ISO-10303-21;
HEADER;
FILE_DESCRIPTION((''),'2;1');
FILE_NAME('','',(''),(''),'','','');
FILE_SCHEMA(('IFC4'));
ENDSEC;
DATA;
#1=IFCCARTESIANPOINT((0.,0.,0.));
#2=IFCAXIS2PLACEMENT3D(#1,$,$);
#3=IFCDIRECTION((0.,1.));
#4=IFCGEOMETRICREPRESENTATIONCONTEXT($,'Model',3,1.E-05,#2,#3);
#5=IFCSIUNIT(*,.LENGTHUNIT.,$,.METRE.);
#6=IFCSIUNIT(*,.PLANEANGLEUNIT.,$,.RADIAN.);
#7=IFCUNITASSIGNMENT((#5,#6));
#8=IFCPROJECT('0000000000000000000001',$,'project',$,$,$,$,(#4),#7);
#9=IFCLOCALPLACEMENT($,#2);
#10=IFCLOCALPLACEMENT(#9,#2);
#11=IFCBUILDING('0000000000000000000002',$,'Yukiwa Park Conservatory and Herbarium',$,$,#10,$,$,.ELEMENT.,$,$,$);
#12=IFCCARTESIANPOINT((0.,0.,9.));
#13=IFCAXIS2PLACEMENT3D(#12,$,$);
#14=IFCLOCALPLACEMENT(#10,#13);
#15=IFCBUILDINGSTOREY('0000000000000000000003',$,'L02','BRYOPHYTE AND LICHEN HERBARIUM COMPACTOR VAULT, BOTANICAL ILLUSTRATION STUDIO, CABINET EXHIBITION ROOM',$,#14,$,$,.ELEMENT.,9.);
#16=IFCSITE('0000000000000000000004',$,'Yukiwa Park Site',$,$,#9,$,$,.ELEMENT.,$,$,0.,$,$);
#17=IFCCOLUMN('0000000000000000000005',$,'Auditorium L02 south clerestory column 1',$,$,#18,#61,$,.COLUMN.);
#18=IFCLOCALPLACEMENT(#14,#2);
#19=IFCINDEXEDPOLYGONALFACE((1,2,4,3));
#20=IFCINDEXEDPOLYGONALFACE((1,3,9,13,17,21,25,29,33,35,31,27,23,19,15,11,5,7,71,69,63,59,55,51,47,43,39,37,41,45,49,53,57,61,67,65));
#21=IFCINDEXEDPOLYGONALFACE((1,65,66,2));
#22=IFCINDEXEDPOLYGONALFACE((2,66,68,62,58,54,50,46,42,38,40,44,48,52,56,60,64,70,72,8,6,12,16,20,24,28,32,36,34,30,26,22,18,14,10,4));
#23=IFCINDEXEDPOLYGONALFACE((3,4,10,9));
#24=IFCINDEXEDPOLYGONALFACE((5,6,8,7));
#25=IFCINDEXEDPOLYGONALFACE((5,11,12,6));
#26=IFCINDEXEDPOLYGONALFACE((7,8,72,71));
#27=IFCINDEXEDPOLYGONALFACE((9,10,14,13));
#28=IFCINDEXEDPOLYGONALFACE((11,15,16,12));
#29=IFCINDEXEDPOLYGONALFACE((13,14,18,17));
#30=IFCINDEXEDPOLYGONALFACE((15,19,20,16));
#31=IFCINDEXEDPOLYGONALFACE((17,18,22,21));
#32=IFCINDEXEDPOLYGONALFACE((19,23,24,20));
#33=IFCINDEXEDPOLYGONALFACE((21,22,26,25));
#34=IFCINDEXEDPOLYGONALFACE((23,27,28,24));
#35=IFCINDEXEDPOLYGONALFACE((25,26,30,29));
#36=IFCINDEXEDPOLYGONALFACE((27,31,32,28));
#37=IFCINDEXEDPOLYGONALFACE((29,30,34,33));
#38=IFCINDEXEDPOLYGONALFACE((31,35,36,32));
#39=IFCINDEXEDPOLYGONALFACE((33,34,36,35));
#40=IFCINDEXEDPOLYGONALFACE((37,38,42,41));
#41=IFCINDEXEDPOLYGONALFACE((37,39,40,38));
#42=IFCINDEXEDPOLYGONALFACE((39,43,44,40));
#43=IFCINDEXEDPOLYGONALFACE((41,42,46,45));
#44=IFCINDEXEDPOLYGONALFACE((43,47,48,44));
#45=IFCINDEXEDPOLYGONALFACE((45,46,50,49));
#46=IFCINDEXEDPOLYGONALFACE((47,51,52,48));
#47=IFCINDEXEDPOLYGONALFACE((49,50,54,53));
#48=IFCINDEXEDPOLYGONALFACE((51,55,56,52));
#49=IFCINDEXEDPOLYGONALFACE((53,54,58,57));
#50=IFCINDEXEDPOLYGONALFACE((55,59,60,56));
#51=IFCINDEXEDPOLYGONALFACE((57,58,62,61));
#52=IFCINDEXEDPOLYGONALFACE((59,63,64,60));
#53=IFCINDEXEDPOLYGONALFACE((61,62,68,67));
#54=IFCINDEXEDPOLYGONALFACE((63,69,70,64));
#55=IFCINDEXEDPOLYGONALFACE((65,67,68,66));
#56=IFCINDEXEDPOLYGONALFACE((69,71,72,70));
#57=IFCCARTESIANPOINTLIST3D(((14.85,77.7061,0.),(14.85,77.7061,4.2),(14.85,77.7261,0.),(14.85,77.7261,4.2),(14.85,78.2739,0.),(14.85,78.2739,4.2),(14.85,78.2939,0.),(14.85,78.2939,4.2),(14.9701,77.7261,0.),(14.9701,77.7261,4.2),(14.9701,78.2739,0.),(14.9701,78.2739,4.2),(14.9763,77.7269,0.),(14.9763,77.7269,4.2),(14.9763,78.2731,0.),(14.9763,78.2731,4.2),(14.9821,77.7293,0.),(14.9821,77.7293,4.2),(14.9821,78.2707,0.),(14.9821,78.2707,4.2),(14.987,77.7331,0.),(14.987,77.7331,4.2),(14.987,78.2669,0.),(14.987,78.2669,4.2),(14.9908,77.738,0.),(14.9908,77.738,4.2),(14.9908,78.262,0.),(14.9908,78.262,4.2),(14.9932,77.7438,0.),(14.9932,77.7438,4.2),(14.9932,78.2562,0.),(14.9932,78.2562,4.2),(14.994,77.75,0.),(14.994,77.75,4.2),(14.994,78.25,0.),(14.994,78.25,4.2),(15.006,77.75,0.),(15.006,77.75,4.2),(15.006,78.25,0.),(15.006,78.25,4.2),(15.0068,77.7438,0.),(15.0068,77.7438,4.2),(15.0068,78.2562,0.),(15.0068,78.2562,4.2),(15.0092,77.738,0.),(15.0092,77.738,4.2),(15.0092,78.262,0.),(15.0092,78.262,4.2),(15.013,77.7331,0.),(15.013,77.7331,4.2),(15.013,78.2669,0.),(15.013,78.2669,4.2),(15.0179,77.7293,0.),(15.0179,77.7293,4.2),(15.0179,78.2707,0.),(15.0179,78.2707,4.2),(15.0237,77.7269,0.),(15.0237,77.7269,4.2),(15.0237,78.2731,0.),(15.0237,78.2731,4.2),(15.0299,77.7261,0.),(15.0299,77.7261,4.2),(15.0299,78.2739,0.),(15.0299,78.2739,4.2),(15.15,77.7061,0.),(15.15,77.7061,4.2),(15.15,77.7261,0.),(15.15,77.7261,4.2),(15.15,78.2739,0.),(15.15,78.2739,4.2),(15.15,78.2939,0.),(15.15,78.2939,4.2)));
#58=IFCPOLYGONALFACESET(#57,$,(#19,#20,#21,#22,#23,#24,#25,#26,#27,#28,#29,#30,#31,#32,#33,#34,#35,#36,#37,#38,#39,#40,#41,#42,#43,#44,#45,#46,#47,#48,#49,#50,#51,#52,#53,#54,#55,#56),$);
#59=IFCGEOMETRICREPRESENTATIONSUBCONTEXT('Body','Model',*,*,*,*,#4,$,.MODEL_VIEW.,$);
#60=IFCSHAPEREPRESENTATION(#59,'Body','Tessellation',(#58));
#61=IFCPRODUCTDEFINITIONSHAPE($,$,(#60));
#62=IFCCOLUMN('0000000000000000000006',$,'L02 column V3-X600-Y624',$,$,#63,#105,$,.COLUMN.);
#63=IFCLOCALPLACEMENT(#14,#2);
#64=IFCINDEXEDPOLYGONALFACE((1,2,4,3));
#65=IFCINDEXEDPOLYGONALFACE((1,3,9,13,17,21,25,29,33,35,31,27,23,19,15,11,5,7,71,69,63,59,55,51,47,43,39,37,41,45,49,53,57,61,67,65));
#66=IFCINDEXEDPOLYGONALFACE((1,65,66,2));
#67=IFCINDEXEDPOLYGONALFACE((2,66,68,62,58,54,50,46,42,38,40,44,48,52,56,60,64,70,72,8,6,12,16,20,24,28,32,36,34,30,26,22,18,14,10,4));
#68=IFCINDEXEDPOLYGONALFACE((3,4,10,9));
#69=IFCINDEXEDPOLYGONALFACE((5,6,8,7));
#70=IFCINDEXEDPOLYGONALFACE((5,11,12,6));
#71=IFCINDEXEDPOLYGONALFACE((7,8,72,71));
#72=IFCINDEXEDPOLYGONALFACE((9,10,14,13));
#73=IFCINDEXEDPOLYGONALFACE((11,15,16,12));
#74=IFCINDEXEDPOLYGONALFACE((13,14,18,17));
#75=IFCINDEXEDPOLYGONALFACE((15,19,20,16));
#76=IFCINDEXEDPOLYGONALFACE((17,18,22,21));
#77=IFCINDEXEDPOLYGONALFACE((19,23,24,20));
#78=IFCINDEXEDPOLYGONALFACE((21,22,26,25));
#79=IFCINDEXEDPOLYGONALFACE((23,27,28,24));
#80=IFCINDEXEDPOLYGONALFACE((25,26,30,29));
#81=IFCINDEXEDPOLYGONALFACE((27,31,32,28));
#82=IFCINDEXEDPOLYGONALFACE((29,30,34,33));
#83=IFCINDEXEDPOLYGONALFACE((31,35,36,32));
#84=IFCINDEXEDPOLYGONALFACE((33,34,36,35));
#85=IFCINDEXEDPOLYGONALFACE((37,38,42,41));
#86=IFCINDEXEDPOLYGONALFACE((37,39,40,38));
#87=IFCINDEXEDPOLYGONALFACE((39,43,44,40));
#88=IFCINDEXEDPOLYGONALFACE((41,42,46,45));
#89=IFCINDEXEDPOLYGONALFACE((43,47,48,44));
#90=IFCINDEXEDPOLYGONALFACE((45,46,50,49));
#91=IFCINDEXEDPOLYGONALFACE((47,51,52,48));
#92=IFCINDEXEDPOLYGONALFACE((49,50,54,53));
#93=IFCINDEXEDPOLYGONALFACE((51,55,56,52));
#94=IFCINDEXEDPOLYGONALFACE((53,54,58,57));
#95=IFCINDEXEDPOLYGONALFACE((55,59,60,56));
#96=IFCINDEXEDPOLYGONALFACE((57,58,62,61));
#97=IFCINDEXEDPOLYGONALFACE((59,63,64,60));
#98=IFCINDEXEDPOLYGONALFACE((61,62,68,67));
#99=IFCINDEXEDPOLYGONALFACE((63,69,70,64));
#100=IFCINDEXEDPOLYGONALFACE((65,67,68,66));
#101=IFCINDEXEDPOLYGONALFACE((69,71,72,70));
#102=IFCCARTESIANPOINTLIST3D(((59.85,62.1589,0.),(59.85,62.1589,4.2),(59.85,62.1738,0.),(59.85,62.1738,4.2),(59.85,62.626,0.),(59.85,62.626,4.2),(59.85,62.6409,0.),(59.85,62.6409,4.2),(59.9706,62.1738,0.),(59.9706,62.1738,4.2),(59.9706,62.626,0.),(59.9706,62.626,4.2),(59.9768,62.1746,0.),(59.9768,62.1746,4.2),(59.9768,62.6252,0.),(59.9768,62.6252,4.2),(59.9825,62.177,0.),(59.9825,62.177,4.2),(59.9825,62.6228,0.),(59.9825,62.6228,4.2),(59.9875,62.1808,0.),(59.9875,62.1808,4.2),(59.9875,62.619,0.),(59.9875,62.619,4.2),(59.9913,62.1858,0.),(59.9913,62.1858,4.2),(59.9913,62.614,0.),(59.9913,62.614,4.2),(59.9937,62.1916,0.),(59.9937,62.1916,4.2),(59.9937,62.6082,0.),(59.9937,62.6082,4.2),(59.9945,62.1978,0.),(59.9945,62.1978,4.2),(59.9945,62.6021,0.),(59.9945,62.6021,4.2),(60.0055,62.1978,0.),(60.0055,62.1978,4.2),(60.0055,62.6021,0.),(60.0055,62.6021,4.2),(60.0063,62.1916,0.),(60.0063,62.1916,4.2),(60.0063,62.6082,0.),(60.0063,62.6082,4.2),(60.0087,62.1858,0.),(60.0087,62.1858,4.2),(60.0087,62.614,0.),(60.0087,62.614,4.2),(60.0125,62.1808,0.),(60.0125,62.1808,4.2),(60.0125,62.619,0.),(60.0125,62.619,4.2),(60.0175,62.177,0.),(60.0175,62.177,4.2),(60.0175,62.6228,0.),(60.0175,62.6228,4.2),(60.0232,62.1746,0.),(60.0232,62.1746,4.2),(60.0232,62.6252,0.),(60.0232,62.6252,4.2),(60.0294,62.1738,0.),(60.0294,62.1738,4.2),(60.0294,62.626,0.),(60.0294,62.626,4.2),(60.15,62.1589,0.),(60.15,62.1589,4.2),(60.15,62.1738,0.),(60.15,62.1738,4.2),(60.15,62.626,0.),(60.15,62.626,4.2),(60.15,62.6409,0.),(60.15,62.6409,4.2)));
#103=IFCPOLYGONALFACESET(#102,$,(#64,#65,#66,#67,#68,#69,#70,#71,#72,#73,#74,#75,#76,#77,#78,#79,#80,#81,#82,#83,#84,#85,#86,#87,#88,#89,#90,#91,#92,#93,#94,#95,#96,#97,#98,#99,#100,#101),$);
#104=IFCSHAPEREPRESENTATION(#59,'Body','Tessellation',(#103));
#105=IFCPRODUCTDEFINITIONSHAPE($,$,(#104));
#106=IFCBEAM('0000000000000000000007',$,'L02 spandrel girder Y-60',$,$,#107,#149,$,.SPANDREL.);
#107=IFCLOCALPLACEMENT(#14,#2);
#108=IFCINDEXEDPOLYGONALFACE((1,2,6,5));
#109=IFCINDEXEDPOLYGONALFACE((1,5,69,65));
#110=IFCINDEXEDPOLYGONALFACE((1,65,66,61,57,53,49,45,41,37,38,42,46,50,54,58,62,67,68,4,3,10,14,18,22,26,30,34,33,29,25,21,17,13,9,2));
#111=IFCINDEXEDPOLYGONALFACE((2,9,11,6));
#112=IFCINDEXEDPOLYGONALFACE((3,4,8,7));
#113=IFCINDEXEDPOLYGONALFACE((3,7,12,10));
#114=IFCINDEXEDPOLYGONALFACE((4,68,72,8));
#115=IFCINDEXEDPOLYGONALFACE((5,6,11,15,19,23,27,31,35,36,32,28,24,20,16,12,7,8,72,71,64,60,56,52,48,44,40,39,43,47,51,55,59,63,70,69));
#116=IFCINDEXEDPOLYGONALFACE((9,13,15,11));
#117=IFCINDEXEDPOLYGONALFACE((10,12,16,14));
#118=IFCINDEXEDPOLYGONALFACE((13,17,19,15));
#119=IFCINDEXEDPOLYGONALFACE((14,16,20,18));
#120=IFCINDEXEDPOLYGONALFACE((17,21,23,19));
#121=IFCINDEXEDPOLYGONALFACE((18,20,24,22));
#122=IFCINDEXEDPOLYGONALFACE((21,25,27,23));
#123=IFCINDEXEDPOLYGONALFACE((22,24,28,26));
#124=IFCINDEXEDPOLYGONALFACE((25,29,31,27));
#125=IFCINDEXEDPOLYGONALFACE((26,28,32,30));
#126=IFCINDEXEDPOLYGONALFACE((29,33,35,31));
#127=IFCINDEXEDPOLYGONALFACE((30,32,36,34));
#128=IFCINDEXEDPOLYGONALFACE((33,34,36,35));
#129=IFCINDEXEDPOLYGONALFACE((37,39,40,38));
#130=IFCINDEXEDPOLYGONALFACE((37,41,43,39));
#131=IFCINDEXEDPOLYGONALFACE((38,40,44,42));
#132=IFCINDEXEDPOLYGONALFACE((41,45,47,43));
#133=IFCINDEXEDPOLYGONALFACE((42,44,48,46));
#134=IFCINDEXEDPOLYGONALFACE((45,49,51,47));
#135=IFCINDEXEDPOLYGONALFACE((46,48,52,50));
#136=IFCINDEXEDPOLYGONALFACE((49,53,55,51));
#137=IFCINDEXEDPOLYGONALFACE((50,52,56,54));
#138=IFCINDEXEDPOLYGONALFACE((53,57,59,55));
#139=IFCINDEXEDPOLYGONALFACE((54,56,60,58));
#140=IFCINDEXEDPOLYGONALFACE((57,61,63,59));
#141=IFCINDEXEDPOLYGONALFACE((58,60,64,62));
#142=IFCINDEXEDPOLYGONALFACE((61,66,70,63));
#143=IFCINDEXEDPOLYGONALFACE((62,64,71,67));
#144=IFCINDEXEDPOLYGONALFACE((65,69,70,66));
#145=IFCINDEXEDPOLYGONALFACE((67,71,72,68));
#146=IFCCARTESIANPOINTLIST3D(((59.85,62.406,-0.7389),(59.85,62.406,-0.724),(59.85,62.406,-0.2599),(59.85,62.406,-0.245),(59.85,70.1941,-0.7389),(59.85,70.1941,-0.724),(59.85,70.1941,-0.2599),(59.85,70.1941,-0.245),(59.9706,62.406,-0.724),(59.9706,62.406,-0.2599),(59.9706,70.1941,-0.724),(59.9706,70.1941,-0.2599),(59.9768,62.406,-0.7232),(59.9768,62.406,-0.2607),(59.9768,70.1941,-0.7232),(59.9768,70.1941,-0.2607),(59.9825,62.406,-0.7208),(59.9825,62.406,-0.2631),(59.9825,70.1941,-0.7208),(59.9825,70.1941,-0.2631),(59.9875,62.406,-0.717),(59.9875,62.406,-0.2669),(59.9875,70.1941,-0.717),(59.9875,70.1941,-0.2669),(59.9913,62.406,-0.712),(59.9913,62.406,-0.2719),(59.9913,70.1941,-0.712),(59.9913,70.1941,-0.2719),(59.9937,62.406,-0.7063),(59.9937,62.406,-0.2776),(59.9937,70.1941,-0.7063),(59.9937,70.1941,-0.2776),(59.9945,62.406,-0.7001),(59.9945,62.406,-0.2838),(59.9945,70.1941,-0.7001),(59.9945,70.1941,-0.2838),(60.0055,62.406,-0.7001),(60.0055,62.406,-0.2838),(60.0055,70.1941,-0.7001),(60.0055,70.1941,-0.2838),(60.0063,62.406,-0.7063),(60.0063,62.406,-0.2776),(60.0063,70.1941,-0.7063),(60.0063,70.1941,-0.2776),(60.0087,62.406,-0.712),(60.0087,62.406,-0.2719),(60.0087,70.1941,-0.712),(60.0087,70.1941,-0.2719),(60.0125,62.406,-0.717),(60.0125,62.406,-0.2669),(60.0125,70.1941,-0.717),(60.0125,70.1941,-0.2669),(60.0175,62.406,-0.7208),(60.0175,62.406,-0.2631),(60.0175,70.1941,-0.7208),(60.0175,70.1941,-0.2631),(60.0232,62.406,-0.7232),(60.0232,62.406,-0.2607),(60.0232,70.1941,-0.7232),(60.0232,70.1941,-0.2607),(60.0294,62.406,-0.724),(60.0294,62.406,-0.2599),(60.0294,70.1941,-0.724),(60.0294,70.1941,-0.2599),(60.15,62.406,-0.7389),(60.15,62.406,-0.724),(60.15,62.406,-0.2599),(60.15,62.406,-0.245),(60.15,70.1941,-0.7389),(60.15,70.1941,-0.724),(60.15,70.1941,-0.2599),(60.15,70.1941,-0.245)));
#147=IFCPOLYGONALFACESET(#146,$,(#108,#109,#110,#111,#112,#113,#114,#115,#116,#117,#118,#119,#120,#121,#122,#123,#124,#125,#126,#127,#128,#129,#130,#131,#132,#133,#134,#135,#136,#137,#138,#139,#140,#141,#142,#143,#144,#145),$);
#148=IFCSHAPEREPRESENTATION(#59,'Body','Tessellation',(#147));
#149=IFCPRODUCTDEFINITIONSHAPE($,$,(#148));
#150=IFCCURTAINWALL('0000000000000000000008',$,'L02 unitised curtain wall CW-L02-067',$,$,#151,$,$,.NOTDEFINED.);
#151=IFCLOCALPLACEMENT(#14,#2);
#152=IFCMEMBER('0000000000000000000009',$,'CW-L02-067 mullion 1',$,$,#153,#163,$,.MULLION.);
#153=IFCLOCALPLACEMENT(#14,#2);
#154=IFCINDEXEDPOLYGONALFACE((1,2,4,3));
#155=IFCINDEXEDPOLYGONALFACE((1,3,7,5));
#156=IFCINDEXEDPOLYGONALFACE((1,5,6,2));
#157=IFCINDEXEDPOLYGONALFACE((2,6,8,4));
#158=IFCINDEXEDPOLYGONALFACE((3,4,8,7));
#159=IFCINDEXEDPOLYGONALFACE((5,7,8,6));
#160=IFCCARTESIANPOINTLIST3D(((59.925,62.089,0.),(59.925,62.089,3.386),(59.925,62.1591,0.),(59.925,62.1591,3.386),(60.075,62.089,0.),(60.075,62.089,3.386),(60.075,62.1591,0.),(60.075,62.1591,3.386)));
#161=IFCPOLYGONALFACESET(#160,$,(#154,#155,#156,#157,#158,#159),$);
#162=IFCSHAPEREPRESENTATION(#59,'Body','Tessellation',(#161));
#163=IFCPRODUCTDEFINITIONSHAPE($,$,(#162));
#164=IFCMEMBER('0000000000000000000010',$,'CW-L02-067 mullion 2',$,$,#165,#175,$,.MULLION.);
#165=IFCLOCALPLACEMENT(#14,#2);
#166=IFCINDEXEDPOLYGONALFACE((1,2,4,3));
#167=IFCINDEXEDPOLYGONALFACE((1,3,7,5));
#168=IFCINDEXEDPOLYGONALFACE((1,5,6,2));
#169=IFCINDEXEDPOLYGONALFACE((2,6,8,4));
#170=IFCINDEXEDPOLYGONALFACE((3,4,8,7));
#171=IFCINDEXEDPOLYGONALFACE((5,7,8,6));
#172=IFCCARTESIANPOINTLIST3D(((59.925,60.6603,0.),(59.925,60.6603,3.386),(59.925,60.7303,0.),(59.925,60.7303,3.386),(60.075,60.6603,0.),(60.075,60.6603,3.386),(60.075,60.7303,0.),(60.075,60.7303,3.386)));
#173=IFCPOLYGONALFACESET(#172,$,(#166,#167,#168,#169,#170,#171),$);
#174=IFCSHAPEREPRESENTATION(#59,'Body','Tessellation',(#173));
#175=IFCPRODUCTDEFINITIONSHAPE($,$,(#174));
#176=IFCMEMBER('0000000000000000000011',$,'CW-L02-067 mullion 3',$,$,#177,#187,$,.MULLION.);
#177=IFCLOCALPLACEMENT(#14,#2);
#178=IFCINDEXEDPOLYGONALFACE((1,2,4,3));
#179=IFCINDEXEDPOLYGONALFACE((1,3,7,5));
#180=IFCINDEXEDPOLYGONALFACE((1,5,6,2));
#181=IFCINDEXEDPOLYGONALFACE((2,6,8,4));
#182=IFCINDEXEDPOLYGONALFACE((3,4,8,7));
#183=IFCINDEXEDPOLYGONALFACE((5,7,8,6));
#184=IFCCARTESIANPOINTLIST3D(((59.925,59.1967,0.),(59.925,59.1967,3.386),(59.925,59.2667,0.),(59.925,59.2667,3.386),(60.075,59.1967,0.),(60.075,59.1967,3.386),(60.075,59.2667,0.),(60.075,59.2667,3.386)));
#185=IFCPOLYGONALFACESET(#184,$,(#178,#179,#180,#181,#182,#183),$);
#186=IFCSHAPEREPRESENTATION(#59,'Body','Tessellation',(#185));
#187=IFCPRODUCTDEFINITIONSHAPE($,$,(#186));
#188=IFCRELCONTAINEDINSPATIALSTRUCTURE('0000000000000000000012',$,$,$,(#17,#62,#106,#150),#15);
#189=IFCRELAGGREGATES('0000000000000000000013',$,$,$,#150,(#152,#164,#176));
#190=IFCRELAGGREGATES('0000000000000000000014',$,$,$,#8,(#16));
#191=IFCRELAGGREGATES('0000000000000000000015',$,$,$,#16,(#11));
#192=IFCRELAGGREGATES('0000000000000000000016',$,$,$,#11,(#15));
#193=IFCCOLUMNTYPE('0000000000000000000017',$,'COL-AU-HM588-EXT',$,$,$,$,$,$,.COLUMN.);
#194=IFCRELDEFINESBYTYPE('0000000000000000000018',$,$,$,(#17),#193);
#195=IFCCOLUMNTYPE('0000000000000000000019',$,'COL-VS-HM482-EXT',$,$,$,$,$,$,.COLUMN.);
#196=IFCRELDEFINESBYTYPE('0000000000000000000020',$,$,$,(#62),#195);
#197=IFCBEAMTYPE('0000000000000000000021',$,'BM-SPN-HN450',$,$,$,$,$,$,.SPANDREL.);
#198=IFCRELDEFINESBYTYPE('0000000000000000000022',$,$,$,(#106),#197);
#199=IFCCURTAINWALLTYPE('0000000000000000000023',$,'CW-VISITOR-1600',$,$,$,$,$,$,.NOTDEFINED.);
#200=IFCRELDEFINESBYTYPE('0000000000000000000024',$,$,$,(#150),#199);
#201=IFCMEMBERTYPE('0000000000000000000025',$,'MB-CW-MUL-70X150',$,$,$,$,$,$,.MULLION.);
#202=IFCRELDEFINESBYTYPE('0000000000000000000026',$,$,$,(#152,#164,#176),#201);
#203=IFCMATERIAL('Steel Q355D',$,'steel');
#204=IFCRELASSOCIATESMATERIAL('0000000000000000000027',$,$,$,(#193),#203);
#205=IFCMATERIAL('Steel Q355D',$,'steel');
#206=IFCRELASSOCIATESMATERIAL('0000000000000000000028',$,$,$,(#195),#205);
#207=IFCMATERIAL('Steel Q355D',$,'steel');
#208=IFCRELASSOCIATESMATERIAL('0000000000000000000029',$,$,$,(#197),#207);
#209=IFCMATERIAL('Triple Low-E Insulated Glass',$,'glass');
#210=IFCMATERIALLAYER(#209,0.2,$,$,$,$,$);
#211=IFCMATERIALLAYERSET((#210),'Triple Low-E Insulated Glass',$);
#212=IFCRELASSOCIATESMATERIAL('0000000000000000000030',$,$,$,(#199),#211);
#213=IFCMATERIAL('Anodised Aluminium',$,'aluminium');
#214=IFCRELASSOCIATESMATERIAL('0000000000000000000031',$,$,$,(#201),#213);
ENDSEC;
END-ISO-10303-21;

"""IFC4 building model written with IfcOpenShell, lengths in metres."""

from ifc_helpers import new_model, si_unit, direction, frame, origin, origin_2d, place, context, subcontext, project, spatial, rectangle, i_section, extrude, material, layer, layer_set, material_profile, profile_set, type_object, element, aggregate, save


model = new_model("IFC4")

# Units and contexts
model_context = context("Model", 3, precision=1e-05, world=origin(), true_north=direction((0.0, 1.0)))
body_context = subcontext(model_context, "Body", "Model", "MODEL_VIEW")
ifc_project = project(units=[si_unit("LENGTHUNIT", "METRE"), si_unit("PLANEANGLEUNIT", "RADIAN")], contexts=[model_context])

# Site, building, storey
site_placement = place(None, origin())
site = spatial("IfcSite", under=ifc_project, at=site_placement, Name="Yukiwa Park Site", CompositionType="ELEMENT", RefElevation=0.0)
building_placement = place(site_placement, origin())
building = spatial("IfcBuilding", under=site, at=building_placement, Name="Yukiwa Park Conservatory and Herbarium", CompositionType="ELEMENT")
storey_placement = place(building_placement, frame((0.0, 0.0, 9.0)))
storey = spatial("IfcBuildingStorey", under=building, at=storey_placement, Name="L02", Description="BRYOPHYTE AND LICHEN HERBARIUM COMPACTOR VAULT, BOTANICAL ILLUSTRATION STUDIO, CABINET EXHIBITION ROOM", CompositionType="ELEMENT", Elevation=9.0)

# Columns
ifc_material_1 = material(Name="Steel Q355D", Category="steel")
ifc_material_profile_1 = material_profile(ifc_material_1, i_section(OverallWidth=0.3, OverallDepth=0.5879, WebThickness=0.012, FlangeThickness=0.02, FilletRadius=0.0239, at=origin_2d()), Name="HM 588x300x12x20")
ifc_profile_set_1 = profile_set([ifc_material_profile_1], Name="Steel Q355D")
column_type_1 = type_object("IfcColumnType", Name="COL-AU-HM588-EXT", PredefinedType="COLUMN", material=ifc_profile_set_1)
column_1_placement = place(storey_placement, frame((15.0, 78.0, 0.0), z_axis=(0.0, 0.0, 1.0), x_axis=(1.0, 0.0, 0.0)))
element("IfcColumn", 1, at=column_1_placement, inside=storey, type_object=column_type_1, Name="Auditorium L02 south clerestory column 1", PredefinedType="COLUMN", context=body_context, shape_type="SweptSolid", body=[
    extrude(i_section(OverallWidth=0.3, OverallDepth=0.5879, WebThickness=0.012, FlangeThickness=0.02, FilletRadius=0.0239, at=origin_2d()), origin(), (0.0, 0.0, 1.0), 4.2),
])
ifc_material_2 = material(Name="Steel Q355D", Category="steel")
ifc_material_profile_2 = material_profile(ifc_material_2, i_section(OverallWidth=0.3, OverallDepth=0.4819, WebThickness=0.011, FlangeThickness=0.0149, FilletRadius=0.0239, at=origin_2d()), Name="HM 482x300x11x15")
ifc_profile_set_2 = profile_set([ifc_material_profile_2], Name="Steel Q355D")
column_type_2 = type_object("IfcColumnType", Name="COL-VS-HM482-EXT", PredefinedType="COLUMN", material=ifc_profile_set_2)
column_2_placement = place(storey_placement, frame((60.0, 62.3999, 0.0), z_axis=(0.0, 0.0, 1.0), x_axis=(1.0, 0.0, 0.0)))
element("IfcColumn", 2, at=column_2_placement, inside=storey, type_object=column_type_2, Name="L02 column V3-X600-Y624", PredefinedType="COLUMN", context=body_context, shape_type="SweptSolid", body=[
    extrude(i_section(OverallWidth=0.3, OverallDepth=0.4819, WebThickness=0.011, FlangeThickness=0.0149, FilletRadius=0.0239, at=origin_2d()), origin(), (0.0, 0.0, 1.0), 4.2),
])

# Beam
ifc_material_3 = material(Name="Steel Q355D", Category="steel")
ifc_material_profile_3 = material_profile(ifc_material_3, i_section(OverallWidth=0.3, OverallDepth=0.4939, WebThickness=0.011, FlangeThickness=0.0149, FilletRadius=0.0239, at=origin_2d()), Name="HM 494x300x11x15")
ifc_profile_set_3 = profile_set([ifc_material_profile_3], Name="Steel Q355D")
beam_type = type_object("IfcBeamType", Name="BM-SPN-HN450", PredefinedType="SPANDREL", material=ifc_profile_set_3)
beam_placement = place(storey_placement, frame((60.0, 62.406, -0.4919), z_axis=(0.0, 1.0, 0.0), x_axis=(-1.0, 0.0, 0.0)))
element("IfcBeam", 3, at=beam_placement, inside=storey, type_object=beam_type, Name="L02 spandrel girder Y-60", PredefinedType="SPANDREL", context=body_context, shape_type="SweptSolid", body=[
    extrude(i_section(OverallWidth=0.3, OverallDepth=0.4939, WebThickness=0.011, FlangeThickness=0.0149, FilletRadius=0.0239, at=origin_2d()), origin(), (0.0, 0.0, 1.0), 7.7881),
])

# Curtain wall, members
ifc_material_4 = material(Name="Triple Low-E Insulated Glass", Category="glass")
ifc_layer_1 = layer(ifc_material_4, 0.2)
ifc_layer_set_1 = layer_set([ifc_layer_1], Name="Triple Low-E Insulated Glass")
curtain_wall_type = type_object("IfcCurtainWallType", Name="CW-VISITOR-1600", PredefinedType="NOTDEFINED", material=ifc_layer_set_1)
curtain_wall_placement = place(storey_placement, origin())
curtain_wall = element("IfcCurtainWall", 4, at=curtain_wall_placement, inside=storey, type_object=curtain_wall_type, Name="L02 unitised curtain wall CW-L02-067", PredefinedType="NOTDEFINED")
ifc_material_5 = material(Name="Anodised Aluminium", Category="aluminium")
member_type_1 = type_object("IfcMemberType", Name="MB-CW-MUL-70X150", PredefinedType="MULLION", material=ifc_material_5)
member_1_placement = place(storey_placement, frame((60.0, 62.124, 0.0), z_axis=(0.0, 0.0, 1.0), x_axis=(0.0, -1.0, 0.0)))
member_1 = element("IfcMember", 5, at=member_1_placement, type_object=member_type_1, Name="CW-L02-067 mullion 1", PredefinedType="MULLION", context=body_context, shape_type="SweptSolid", body=[
    extrude(rectangle(XDim=0.0701, YDim=0.1499, at=origin_2d()), origin(), (0.0, 0.0, 1.0), 3.386),
])
member_2_placement = place(storey_placement, frame((60.0, 60.6953, 0.0), z_axis=(0.0, 0.0, 1.0), x_axis=(0.0, -1.0, 0.0)))
member_2 = element("IfcMember", 6, at=member_2_placement, type_object=member_type_1, Name="CW-L02-067 mullion 2", PredefinedType="MULLION", context=body_context, shape_type="SweptSolid", body=[
    extrude(rectangle(XDim=0.0701, YDim=0.1499, at=origin_2d()), origin(), (0.0, 0.0, 1.0), 3.386),
])
member_3_placement = place(storey_placement, frame((60.0, 59.2317, 0.0), z_axis=(0.0, 0.0, 1.0), x_axis=(0.0, -1.0, 0.0)))
member_3 = element("IfcMember", 7, at=member_3_placement, type_object=member_type_1, Name="CW-L02-067 mullion 3", PredefinedType="MULLION", context=body_context, shape_type="SweptSolid", body=[
    extrude(rectangle(XDim=0.0701, YDim=0.1499, at=origin_2d()), origin(), (0.0, 0.0, 1.0), 3.386),
])
aggregate(curtain_wall, [member_1, member_2, member_3])

save(model, "model.ifc")
